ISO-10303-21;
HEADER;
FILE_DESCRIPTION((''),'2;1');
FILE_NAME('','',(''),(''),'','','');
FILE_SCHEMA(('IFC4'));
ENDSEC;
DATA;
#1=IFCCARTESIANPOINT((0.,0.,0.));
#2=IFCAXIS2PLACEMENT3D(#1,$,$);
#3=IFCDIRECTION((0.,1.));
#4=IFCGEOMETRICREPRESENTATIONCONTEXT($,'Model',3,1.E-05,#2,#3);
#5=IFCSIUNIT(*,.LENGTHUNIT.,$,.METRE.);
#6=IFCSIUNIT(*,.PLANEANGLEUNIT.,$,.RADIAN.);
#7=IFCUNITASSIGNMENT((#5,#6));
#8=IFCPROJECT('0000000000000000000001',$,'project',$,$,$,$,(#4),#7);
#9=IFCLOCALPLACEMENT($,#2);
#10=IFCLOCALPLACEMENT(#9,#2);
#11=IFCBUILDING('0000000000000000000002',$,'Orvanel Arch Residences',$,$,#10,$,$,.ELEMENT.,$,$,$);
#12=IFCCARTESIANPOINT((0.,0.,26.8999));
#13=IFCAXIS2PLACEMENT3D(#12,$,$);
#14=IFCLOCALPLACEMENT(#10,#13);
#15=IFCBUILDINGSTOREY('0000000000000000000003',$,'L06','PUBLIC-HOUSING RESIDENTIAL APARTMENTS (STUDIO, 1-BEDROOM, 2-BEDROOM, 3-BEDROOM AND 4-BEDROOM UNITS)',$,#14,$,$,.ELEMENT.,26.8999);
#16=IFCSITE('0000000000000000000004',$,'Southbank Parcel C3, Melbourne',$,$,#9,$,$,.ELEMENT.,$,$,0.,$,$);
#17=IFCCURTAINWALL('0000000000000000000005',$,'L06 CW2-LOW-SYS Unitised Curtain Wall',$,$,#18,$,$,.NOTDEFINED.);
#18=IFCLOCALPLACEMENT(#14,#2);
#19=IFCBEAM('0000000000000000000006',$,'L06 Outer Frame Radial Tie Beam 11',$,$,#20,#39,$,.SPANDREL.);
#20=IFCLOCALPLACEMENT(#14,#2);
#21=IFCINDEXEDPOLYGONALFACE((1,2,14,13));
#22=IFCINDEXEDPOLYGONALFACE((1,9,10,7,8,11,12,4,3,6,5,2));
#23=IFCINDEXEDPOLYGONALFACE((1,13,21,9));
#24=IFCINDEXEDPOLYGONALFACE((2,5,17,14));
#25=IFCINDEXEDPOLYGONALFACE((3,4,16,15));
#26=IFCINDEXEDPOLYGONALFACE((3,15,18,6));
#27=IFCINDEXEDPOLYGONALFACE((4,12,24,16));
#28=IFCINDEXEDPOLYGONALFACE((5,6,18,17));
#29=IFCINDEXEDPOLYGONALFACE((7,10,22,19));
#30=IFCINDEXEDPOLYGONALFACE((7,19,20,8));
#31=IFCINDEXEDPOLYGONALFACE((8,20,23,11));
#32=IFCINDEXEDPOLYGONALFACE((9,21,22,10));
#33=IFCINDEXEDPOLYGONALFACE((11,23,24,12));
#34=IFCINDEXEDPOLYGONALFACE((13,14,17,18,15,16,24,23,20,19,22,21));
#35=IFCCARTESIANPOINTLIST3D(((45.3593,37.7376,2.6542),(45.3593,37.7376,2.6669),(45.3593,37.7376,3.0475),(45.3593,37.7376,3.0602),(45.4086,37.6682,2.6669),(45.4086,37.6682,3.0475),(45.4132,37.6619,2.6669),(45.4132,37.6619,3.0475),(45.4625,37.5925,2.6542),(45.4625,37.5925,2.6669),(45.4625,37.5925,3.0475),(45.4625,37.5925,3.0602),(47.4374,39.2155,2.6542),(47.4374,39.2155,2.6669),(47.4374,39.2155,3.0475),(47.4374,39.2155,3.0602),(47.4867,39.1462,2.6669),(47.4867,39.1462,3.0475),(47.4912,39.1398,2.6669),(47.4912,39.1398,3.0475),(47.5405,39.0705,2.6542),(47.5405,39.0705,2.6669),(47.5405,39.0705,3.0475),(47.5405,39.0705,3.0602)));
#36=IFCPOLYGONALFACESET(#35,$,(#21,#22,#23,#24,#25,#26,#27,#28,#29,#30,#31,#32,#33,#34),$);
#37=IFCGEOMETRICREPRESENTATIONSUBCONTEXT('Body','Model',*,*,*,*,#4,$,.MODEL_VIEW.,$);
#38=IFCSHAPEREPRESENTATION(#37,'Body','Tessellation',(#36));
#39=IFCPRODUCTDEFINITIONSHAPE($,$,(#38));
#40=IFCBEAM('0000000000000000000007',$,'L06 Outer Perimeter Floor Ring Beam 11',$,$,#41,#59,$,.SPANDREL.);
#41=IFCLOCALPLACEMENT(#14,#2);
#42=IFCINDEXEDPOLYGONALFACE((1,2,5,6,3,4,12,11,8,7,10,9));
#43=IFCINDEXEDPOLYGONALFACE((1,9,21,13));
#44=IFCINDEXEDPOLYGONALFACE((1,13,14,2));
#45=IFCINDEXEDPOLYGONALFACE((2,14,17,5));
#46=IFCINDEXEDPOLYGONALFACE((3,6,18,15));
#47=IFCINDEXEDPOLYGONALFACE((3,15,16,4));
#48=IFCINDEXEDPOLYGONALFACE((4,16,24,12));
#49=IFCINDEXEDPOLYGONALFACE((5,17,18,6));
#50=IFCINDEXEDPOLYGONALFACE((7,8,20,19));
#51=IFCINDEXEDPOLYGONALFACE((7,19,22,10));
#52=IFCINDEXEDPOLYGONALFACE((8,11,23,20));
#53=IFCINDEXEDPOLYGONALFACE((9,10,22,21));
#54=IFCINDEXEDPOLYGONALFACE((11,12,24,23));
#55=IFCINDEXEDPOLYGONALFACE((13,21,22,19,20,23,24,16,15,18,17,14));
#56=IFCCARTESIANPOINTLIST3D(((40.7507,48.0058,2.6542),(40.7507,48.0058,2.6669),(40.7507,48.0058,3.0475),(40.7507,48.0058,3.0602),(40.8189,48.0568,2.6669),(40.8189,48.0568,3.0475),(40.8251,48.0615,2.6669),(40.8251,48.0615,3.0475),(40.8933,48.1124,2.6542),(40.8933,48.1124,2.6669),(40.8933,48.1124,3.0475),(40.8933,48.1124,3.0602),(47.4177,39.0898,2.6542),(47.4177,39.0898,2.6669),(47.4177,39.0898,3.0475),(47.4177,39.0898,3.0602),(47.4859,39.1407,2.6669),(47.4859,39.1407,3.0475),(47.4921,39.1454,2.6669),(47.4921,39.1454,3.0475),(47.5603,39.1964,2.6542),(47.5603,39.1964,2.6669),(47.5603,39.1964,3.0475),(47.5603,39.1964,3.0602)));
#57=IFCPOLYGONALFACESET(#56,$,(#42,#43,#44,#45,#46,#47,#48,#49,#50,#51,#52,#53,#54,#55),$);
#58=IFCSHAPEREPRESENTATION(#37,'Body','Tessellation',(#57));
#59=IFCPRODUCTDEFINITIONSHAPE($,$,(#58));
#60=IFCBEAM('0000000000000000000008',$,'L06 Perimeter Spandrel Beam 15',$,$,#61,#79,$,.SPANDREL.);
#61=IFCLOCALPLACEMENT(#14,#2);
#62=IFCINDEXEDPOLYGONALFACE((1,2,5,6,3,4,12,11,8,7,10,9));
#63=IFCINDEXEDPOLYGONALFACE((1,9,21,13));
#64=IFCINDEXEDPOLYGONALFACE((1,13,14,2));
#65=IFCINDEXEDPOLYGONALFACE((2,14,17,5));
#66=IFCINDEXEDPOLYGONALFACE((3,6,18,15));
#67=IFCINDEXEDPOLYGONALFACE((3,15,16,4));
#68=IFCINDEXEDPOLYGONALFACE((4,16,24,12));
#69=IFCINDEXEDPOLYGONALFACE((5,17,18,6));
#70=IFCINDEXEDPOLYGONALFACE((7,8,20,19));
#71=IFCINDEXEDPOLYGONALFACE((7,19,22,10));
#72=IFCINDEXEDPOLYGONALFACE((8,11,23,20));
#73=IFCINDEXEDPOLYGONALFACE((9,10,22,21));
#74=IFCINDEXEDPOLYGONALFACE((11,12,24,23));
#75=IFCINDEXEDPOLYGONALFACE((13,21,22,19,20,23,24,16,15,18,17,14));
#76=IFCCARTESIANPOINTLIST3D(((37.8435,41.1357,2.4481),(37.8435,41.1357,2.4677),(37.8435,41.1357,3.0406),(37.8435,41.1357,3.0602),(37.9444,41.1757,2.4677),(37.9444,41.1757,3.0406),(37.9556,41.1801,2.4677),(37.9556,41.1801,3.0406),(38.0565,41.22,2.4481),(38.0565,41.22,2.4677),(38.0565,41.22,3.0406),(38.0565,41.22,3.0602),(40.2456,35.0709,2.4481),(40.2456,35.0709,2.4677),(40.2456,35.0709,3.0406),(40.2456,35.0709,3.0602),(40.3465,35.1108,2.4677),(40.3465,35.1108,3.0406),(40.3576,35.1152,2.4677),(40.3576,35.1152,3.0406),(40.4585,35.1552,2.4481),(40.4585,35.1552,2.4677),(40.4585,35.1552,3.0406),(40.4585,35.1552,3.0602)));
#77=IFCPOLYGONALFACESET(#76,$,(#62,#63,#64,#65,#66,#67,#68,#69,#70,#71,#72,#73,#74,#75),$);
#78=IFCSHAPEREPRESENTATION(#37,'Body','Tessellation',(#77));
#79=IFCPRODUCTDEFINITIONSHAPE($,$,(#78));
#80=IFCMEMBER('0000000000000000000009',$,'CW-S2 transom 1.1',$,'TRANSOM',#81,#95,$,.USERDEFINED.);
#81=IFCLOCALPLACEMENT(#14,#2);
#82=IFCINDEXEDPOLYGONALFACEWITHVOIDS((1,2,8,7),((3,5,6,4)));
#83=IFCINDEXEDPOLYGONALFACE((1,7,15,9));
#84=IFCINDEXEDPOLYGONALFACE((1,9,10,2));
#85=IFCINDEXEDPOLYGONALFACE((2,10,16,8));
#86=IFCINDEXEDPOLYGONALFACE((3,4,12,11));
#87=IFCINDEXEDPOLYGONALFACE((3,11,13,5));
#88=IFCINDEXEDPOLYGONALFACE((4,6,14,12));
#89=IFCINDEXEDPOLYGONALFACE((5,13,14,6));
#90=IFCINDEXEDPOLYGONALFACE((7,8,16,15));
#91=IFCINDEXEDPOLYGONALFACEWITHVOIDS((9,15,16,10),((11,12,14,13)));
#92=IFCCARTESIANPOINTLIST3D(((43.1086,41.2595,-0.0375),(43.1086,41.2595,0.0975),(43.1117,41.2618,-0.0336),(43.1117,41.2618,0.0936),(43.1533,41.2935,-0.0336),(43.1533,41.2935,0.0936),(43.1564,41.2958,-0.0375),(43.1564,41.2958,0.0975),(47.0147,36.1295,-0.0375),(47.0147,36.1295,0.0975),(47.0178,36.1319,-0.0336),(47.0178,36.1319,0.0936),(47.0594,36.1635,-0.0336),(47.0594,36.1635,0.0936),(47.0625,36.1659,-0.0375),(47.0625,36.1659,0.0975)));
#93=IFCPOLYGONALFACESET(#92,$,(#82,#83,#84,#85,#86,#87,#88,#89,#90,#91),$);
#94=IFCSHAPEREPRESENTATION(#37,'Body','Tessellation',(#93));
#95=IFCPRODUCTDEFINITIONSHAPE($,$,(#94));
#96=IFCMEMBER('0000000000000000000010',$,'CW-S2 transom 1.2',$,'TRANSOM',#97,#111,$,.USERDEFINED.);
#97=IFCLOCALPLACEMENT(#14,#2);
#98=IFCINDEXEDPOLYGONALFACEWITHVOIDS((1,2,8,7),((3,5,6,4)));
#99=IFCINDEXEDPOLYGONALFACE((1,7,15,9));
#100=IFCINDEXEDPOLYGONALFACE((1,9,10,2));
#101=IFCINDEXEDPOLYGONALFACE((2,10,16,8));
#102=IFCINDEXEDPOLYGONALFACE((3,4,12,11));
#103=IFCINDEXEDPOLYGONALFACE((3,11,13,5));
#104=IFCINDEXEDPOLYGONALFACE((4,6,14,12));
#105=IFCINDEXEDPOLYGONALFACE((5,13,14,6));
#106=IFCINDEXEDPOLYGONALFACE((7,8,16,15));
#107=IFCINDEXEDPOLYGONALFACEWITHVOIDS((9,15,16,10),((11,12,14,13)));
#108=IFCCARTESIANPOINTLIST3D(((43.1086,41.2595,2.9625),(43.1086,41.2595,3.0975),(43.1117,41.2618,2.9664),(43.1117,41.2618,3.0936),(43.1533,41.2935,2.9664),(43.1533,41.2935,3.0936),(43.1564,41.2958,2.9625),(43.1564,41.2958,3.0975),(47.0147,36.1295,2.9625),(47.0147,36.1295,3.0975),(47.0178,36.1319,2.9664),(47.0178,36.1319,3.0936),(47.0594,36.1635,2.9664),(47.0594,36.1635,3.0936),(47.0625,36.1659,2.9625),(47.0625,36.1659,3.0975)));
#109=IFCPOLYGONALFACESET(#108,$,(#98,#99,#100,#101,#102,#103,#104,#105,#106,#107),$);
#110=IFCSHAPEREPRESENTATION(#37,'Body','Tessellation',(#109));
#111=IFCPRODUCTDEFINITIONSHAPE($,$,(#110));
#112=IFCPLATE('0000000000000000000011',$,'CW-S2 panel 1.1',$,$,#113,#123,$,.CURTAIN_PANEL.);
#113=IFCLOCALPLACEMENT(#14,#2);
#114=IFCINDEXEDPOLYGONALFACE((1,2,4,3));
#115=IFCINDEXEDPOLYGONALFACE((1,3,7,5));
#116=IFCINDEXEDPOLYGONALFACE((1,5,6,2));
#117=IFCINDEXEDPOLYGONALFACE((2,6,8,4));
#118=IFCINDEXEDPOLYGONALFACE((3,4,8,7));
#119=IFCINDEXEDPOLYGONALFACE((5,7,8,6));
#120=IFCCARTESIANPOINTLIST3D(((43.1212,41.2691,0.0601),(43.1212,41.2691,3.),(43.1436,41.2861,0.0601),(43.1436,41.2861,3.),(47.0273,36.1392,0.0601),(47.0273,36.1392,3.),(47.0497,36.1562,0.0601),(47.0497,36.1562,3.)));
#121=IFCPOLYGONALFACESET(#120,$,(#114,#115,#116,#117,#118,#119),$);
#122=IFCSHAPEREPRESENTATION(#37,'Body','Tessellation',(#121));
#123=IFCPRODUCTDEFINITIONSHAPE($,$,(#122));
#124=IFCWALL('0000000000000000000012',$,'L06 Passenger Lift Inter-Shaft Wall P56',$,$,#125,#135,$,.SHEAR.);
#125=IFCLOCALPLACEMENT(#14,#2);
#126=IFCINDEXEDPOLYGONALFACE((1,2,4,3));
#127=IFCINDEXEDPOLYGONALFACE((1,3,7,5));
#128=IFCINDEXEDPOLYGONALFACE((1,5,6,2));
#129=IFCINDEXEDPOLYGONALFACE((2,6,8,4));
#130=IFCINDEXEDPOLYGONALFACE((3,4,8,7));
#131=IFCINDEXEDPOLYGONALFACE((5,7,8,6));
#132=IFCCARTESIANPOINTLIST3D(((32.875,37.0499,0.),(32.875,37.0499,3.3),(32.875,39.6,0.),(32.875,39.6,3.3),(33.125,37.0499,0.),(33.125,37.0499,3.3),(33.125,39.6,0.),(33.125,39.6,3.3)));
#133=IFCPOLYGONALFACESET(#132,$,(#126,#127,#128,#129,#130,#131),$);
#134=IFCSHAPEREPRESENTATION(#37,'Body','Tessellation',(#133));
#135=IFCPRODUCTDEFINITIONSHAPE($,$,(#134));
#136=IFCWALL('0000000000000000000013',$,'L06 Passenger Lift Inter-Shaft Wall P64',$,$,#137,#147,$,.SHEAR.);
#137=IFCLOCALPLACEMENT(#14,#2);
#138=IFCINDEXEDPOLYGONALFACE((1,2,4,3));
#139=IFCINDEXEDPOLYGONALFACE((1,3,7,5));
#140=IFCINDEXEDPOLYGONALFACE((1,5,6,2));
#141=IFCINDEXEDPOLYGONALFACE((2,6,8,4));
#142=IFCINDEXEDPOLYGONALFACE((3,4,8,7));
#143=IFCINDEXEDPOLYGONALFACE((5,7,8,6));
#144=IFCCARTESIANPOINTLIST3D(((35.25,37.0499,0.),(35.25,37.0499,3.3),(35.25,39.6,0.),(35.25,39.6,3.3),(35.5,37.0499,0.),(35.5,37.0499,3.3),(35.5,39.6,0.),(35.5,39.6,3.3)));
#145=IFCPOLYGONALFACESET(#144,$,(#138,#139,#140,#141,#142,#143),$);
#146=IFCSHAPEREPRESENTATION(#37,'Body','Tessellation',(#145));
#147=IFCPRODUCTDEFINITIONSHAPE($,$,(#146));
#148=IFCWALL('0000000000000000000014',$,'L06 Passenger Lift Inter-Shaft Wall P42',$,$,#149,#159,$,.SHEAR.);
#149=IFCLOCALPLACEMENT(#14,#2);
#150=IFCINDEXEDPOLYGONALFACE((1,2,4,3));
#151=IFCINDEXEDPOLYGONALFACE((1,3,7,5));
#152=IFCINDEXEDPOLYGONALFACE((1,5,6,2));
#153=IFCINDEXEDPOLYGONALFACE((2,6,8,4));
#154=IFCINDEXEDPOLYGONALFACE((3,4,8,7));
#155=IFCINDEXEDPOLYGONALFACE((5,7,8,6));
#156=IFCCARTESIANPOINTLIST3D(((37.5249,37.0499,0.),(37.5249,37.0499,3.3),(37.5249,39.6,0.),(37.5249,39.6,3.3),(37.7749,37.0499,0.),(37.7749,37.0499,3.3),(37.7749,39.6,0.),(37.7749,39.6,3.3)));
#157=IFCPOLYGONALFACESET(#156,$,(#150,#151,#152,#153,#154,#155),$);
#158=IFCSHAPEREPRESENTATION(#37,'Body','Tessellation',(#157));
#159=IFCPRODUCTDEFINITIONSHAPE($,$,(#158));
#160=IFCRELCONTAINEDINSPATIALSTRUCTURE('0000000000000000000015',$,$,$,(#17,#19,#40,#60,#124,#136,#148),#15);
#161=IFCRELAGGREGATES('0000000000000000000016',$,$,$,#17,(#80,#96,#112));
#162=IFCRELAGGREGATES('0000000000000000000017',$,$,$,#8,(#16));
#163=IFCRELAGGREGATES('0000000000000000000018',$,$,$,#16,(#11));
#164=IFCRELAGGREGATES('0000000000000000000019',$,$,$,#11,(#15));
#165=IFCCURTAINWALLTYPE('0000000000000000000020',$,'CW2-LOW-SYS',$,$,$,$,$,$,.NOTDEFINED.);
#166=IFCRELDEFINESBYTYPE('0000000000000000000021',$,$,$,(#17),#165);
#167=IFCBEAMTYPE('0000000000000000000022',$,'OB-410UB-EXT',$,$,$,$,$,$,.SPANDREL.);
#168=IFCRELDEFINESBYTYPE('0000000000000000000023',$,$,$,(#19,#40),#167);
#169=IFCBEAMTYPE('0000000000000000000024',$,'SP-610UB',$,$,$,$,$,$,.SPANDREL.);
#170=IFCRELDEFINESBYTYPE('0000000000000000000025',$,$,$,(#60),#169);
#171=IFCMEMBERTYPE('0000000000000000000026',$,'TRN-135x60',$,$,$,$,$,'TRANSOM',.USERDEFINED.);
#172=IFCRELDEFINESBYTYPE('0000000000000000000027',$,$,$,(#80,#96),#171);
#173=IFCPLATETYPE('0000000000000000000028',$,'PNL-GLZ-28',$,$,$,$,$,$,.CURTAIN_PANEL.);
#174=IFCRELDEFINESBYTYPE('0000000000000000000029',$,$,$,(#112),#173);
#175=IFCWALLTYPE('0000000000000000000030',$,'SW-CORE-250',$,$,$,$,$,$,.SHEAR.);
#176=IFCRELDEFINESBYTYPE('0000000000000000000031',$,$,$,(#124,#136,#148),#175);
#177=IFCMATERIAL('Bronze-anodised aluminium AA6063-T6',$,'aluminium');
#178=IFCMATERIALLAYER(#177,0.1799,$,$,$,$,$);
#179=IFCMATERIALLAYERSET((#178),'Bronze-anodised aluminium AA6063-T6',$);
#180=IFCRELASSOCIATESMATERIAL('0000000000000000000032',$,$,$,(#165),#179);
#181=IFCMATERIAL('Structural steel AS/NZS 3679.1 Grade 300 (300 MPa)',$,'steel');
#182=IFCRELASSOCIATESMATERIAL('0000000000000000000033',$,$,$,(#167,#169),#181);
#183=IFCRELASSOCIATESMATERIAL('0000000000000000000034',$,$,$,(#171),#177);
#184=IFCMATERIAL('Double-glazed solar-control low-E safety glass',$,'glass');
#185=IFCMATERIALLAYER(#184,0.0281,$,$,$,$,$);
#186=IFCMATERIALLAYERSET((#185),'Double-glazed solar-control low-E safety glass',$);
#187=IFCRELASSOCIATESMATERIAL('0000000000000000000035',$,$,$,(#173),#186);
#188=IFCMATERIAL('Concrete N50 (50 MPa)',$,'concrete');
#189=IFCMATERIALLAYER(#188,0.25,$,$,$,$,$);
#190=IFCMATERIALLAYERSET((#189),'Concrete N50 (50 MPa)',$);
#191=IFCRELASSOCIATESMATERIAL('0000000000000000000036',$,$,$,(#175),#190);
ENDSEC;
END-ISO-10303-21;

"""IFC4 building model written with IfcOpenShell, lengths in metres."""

from ifc_helpers import new_model, si_unit, direction, frame, frame_2d, origin, origin_2d, place, context, subcontext, project, spatial, rectangle, hollow_rectangle, i_section, extrude, material, layer, layer_set, material_profile, profile_set, type_object, element, aggregate, save


model = new_model("IFC4")

# Units and contexts
model_context = context("Model", 3, precision=1e-05, world=origin(), true_north=direction((0.0, 1.0)))
body_context = subcontext(model_context, "Body", "Model", "MODEL_VIEW")
ifc_project = project(units=[si_unit("LENGTHUNIT", "METRE"), si_unit("PLANEANGLEUNIT", "RADIAN")], contexts=[model_context])

# Site, building, storey
site_placement = place(None, origin())
site = spatial("IfcSite", under=ifc_project, at=site_placement, Name="Southbank Parcel C3, Melbourne", CompositionType="ELEMENT", RefElevation=0.0)
building_placement = place(site_placement, origin())
building = spatial("IfcBuilding", under=site, at=building_placement, Name="Orvanel Arch Residences", CompositionType="ELEMENT")
storey_placement = place(building_placement, frame((0.0, 0.0, 26.8999)))
storey = spatial("IfcBuildingStorey", under=building, at=storey_placement, Name="L06", Description="PUBLIC-HOUSING RESIDENTIAL APARTMENTS (STUDIO, 1-BEDROOM, 2-BEDROOM, 3-BEDROOM AND 4-BEDROOM UNITS)", CompositionType="ELEMENT", Elevation=26.8999)

# Shared definitions
ifc_material_1 = material(Name="Structural steel AS/NZS 3679.1 Grade 300 (300 MPa)", Category="steel")

# Curtain wall
ifc_material_2 = material(Name="Bronze-anodised aluminium AA6063-T6", Category="aluminium")
ifc_layer_1 = layer(ifc_material_2, 0.1799)
ifc_layer_set_1 = layer_set([ifc_layer_1], Name="Bronze-anodised aluminium AA6063-T6")
curtain_wall_type = type_object("IfcCurtainWallType", Name="CW2-LOW-SYS", PredefinedType="NOTDEFINED", material=ifc_layer_set_1)
curtain_wall_1_placement = place(storey_placement, origin())
curtain_wall_1 = element("IfcCurtainWall", 1, at=curtain_wall_1_placement, inside=storey, type_object=curtain_wall_type, Name="L06 CW2-LOW-SYS Unitised Curtain Wall", PredefinedType="NOTDEFINED")

# Beams
ifc_material_profile_1 = material_profile(ifc_material_1, i_section(OverallWidth=0.178, OverallDepth=0.406, WebThickness=0.0078, FlangeThickness=0.0127, at=origin_2d()), Name="410UB59.7")
ifc_profile_set_1 = profile_set([ifc_material_profile_1], Name="Structural steel AS/NZS 3679.1 Grade 300 (300 MPa)")
beam_type_1 = type_object("IfcBeamType", Name="OB-410UB-EXT", PredefinedType="SPANDREL", material=ifc_profile_set_1)
beam_1_placement = place(storey_placement, frame((45.4109, 37.665, 2.8572), z_axis=(0.814909, 0.579589, 0.0), x_axis=(-0.579589, 0.814909, 0.0)))
element("IfcBeam", 2, at=beam_1_placement, inside=storey, type_object=beam_type_1, Name="L06 Outer Frame Radial Tie Beam 11", PredefinedType="SPANDREL", context=body_context, shape_type="SweptSolid", body=[
    extrude(i_section(OverallWidth=0.178, OverallDepth=0.406, WebThickness=0.0078, FlangeThickness=0.0127, at=origin_2d()), origin(), (0.0, 0.0, 1.0), 2.55),
])
beam_2_placement = place(storey_placement, frame((47.489, 39.1431, 2.8572), z_axis=(-0.598849, 0.800862, 0.0), x_axis=(-0.800862, -0.598849, 0.0)))
element("IfcBeam", 3, at=beam_2_placement, inside=storey, type_object=beam_type_1, Name="L06 Outer Perimeter Floor Ring Beam 11", PredefinedType="SPANDREL", context=body_context, shape_type="SweptSolid", body=[
    extrude(i_section(OverallWidth=0.178, OverallDepth=0.406, WebThickness=0.0078, FlangeThickness=0.0127, at=origin_2d()), origin(), (0.0, 0.0, 1.0), 11.1331),
])
ifc_material_profile_2 = material_profile(ifc_material_1, i_section(OverallWidth=0.229, OverallDepth=0.6121, WebThickness=0.012, FlangeThickness=0.0195, at=origin_2d()), Name="610UB125")
ifc_profile_set_2 = profile_set([ifc_material_profile_2], Name="Structural steel AS/NZS 3679.1 Grade 300 (300 MPa)")
beam_type_2 = type_object("IfcBeamType", Name="SP-610UB", PredefinedType="SPANDREL", material=ifc_profile_set_2)
beam_3_placement = place(storey_placement, frame((40.3521, 35.113, 2.7542), z_axis=(-0.368233, 0.929733, 0.0), x_axis=(-0.929733, -0.368233, 0.0)))
element("IfcBeam", 4, at=beam_3_placement, inside=storey, type_object=beam_type_2, Name="L06 Perimeter Spandrel Beam 15", PredefinedType="SPANDREL", context=body_context, shape_type="SweptSolid", body=[
    extrude(i_section(OverallWidth=0.229, OverallDepth=0.6121, WebThickness=0.012, FlangeThickness=0.0195, at=origin_2d()), origin(), (0.0, 0.0, 1.0), 6.5232),
])

# Members
ifc_material_profile_3 = material_profile(ifc_material_2, hollow_rectangle(XDim=0.0601, YDim=0.135, WallThickness=0.0039, at=origin_2d()), Name="ALU135x60x4")
ifc_profile_set_3 = profile_set([ifc_material_profile_3], Name="Bronze-anodised aluminium AA6063-T6")
member_type_1 = type_object("IfcMemberType", Name="TRN-135x60", ElementType="TRANSOM", PredefinedType="USERDEFINED", material=ifc_profile_set_3)
member_1_placement = place(storey_placement, frame((47.0386, 36.1477, 0.03), z_axis=(-0.6058, 0.795617, 0.0), x_axis=(-0.795617, -0.6058, 0.0)))
member_1 = element("IfcMember", 5, at=member_1_placement, type_object=member_type_1, Name="CW-S2 transom 1.1", ObjectType="TRANSOM", PredefinedType="USERDEFINED", context=body_context, shape_type="SweptSolid", body=[
    extrude(hollow_rectangle(XDim=0.0601, YDim=0.135, WallThickness=0.0039, at=origin_2d()), origin(), (0.0, 0.0, 1.0), 6.4478),
])
member_2_placement = place(storey_placement, frame((47.0386, 36.1477, 3.03), z_axis=(-0.6058, 0.795617, 0.0), x_axis=(-0.795617, -0.6058, 0.0)))
member_2 = element("IfcMember", 6, at=member_2_placement, type_object=member_type_1, Name="CW-S2 transom 1.2", ObjectType="TRANSOM", PredefinedType="USERDEFINED", context=body_context, shape_type="SweptSolid", body=[
    extrude(hollow_rectangle(XDim=0.0601, YDim=0.135, WallThickness=0.0039, at=origin_2d()), origin(), (0.0, 0.0, 1.0), 6.4478),
])

# Plate
ifc_material_3 = material(Name="Double-glazed solar-control low-E safety glass", Category="glass")
ifc_layer_2 = layer(ifc_material_3, 0.0281)
ifc_layer_set_2 = layer_set([ifc_layer_2], Name="Double-glazed solar-control low-E safety glass")
plate_type = type_object("IfcPlateType", Name="PNL-GLZ-28", PredefinedType="CURTAIN_PANEL", material=ifc_layer_set_2)
plate_placement = place(storey_placement, frame((45.0854, 38.7126, 0.0601), z_axis=(0.0, 0.0, 1.0), x_axis=(-0.605812, 0.795608, 0.0)))
plate = element("IfcPlate", 7, at=plate_placement, type_object=plate_type, Name="CW-S2 panel 1.1", PredefinedType="CURTAIN_PANEL", context=body_context, shape_type="SweptSolid", body=[
    extrude(rectangle(XDim=6.4478, YDim=0.0281, at=origin_2d()), origin(), (0.0, 0.0, 1.0), 2.9399),
])
aggregate(curtain_wall_1, [member_1, member_2, plate])

# Walls
ifc_material_4 = material(Name="Concrete N50 (50 MPa)", Category="concrete")
ifc_layer_3 = layer(ifc_material_4, 0.25)
ifc_layer_set_3 = layer_set([ifc_layer_3], Name="Concrete N50 (50 MPa)")
wall_type_1 = type_object("IfcWallType", Name="SW-CORE-250", PredefinedType="SHEAR", material=ifc_layer_set_3)
for number, where, z_axis, x_axis, name in (
    (8, (33.0, 37.05, 0.0), (0.0, 0.0, 1.0), (0.0, 1.0, 0.0), "L06 Passenger Lift Inter-Shaft Wall P56"),
    (9, (35.375, 37.05, 0.0), (0.0, 0.0, 1.0), (0.0, 1.0, 0.0), "L06 Passenger Lift Inter-Shaft Wall P64"),
    (10, (37.6499, 37.05, 0.0), (0.0, 0.0, 1.0), (0.0, 1.0, 0.0), "L06 Passenger Lift Inter-Shaft Wall P42"),
):
    element("IfcWall", number, at=place(storey_placement, frame(where, z_axis=z_axis, x_axis=x_axis)), inside=storey, type_object=wall_type_1, Name=name, PredefinedType="SHEAR", context=body_context, shape_type="SweptSolid", body=[
        extrude(rectangle(XDim=2.55, YDim=0.25, at=frame_2d((1.2749, 0.0))), origin(), (0.0, 0.0, 1.0), 3.3),
    ])

save(model, "model.ifc")
